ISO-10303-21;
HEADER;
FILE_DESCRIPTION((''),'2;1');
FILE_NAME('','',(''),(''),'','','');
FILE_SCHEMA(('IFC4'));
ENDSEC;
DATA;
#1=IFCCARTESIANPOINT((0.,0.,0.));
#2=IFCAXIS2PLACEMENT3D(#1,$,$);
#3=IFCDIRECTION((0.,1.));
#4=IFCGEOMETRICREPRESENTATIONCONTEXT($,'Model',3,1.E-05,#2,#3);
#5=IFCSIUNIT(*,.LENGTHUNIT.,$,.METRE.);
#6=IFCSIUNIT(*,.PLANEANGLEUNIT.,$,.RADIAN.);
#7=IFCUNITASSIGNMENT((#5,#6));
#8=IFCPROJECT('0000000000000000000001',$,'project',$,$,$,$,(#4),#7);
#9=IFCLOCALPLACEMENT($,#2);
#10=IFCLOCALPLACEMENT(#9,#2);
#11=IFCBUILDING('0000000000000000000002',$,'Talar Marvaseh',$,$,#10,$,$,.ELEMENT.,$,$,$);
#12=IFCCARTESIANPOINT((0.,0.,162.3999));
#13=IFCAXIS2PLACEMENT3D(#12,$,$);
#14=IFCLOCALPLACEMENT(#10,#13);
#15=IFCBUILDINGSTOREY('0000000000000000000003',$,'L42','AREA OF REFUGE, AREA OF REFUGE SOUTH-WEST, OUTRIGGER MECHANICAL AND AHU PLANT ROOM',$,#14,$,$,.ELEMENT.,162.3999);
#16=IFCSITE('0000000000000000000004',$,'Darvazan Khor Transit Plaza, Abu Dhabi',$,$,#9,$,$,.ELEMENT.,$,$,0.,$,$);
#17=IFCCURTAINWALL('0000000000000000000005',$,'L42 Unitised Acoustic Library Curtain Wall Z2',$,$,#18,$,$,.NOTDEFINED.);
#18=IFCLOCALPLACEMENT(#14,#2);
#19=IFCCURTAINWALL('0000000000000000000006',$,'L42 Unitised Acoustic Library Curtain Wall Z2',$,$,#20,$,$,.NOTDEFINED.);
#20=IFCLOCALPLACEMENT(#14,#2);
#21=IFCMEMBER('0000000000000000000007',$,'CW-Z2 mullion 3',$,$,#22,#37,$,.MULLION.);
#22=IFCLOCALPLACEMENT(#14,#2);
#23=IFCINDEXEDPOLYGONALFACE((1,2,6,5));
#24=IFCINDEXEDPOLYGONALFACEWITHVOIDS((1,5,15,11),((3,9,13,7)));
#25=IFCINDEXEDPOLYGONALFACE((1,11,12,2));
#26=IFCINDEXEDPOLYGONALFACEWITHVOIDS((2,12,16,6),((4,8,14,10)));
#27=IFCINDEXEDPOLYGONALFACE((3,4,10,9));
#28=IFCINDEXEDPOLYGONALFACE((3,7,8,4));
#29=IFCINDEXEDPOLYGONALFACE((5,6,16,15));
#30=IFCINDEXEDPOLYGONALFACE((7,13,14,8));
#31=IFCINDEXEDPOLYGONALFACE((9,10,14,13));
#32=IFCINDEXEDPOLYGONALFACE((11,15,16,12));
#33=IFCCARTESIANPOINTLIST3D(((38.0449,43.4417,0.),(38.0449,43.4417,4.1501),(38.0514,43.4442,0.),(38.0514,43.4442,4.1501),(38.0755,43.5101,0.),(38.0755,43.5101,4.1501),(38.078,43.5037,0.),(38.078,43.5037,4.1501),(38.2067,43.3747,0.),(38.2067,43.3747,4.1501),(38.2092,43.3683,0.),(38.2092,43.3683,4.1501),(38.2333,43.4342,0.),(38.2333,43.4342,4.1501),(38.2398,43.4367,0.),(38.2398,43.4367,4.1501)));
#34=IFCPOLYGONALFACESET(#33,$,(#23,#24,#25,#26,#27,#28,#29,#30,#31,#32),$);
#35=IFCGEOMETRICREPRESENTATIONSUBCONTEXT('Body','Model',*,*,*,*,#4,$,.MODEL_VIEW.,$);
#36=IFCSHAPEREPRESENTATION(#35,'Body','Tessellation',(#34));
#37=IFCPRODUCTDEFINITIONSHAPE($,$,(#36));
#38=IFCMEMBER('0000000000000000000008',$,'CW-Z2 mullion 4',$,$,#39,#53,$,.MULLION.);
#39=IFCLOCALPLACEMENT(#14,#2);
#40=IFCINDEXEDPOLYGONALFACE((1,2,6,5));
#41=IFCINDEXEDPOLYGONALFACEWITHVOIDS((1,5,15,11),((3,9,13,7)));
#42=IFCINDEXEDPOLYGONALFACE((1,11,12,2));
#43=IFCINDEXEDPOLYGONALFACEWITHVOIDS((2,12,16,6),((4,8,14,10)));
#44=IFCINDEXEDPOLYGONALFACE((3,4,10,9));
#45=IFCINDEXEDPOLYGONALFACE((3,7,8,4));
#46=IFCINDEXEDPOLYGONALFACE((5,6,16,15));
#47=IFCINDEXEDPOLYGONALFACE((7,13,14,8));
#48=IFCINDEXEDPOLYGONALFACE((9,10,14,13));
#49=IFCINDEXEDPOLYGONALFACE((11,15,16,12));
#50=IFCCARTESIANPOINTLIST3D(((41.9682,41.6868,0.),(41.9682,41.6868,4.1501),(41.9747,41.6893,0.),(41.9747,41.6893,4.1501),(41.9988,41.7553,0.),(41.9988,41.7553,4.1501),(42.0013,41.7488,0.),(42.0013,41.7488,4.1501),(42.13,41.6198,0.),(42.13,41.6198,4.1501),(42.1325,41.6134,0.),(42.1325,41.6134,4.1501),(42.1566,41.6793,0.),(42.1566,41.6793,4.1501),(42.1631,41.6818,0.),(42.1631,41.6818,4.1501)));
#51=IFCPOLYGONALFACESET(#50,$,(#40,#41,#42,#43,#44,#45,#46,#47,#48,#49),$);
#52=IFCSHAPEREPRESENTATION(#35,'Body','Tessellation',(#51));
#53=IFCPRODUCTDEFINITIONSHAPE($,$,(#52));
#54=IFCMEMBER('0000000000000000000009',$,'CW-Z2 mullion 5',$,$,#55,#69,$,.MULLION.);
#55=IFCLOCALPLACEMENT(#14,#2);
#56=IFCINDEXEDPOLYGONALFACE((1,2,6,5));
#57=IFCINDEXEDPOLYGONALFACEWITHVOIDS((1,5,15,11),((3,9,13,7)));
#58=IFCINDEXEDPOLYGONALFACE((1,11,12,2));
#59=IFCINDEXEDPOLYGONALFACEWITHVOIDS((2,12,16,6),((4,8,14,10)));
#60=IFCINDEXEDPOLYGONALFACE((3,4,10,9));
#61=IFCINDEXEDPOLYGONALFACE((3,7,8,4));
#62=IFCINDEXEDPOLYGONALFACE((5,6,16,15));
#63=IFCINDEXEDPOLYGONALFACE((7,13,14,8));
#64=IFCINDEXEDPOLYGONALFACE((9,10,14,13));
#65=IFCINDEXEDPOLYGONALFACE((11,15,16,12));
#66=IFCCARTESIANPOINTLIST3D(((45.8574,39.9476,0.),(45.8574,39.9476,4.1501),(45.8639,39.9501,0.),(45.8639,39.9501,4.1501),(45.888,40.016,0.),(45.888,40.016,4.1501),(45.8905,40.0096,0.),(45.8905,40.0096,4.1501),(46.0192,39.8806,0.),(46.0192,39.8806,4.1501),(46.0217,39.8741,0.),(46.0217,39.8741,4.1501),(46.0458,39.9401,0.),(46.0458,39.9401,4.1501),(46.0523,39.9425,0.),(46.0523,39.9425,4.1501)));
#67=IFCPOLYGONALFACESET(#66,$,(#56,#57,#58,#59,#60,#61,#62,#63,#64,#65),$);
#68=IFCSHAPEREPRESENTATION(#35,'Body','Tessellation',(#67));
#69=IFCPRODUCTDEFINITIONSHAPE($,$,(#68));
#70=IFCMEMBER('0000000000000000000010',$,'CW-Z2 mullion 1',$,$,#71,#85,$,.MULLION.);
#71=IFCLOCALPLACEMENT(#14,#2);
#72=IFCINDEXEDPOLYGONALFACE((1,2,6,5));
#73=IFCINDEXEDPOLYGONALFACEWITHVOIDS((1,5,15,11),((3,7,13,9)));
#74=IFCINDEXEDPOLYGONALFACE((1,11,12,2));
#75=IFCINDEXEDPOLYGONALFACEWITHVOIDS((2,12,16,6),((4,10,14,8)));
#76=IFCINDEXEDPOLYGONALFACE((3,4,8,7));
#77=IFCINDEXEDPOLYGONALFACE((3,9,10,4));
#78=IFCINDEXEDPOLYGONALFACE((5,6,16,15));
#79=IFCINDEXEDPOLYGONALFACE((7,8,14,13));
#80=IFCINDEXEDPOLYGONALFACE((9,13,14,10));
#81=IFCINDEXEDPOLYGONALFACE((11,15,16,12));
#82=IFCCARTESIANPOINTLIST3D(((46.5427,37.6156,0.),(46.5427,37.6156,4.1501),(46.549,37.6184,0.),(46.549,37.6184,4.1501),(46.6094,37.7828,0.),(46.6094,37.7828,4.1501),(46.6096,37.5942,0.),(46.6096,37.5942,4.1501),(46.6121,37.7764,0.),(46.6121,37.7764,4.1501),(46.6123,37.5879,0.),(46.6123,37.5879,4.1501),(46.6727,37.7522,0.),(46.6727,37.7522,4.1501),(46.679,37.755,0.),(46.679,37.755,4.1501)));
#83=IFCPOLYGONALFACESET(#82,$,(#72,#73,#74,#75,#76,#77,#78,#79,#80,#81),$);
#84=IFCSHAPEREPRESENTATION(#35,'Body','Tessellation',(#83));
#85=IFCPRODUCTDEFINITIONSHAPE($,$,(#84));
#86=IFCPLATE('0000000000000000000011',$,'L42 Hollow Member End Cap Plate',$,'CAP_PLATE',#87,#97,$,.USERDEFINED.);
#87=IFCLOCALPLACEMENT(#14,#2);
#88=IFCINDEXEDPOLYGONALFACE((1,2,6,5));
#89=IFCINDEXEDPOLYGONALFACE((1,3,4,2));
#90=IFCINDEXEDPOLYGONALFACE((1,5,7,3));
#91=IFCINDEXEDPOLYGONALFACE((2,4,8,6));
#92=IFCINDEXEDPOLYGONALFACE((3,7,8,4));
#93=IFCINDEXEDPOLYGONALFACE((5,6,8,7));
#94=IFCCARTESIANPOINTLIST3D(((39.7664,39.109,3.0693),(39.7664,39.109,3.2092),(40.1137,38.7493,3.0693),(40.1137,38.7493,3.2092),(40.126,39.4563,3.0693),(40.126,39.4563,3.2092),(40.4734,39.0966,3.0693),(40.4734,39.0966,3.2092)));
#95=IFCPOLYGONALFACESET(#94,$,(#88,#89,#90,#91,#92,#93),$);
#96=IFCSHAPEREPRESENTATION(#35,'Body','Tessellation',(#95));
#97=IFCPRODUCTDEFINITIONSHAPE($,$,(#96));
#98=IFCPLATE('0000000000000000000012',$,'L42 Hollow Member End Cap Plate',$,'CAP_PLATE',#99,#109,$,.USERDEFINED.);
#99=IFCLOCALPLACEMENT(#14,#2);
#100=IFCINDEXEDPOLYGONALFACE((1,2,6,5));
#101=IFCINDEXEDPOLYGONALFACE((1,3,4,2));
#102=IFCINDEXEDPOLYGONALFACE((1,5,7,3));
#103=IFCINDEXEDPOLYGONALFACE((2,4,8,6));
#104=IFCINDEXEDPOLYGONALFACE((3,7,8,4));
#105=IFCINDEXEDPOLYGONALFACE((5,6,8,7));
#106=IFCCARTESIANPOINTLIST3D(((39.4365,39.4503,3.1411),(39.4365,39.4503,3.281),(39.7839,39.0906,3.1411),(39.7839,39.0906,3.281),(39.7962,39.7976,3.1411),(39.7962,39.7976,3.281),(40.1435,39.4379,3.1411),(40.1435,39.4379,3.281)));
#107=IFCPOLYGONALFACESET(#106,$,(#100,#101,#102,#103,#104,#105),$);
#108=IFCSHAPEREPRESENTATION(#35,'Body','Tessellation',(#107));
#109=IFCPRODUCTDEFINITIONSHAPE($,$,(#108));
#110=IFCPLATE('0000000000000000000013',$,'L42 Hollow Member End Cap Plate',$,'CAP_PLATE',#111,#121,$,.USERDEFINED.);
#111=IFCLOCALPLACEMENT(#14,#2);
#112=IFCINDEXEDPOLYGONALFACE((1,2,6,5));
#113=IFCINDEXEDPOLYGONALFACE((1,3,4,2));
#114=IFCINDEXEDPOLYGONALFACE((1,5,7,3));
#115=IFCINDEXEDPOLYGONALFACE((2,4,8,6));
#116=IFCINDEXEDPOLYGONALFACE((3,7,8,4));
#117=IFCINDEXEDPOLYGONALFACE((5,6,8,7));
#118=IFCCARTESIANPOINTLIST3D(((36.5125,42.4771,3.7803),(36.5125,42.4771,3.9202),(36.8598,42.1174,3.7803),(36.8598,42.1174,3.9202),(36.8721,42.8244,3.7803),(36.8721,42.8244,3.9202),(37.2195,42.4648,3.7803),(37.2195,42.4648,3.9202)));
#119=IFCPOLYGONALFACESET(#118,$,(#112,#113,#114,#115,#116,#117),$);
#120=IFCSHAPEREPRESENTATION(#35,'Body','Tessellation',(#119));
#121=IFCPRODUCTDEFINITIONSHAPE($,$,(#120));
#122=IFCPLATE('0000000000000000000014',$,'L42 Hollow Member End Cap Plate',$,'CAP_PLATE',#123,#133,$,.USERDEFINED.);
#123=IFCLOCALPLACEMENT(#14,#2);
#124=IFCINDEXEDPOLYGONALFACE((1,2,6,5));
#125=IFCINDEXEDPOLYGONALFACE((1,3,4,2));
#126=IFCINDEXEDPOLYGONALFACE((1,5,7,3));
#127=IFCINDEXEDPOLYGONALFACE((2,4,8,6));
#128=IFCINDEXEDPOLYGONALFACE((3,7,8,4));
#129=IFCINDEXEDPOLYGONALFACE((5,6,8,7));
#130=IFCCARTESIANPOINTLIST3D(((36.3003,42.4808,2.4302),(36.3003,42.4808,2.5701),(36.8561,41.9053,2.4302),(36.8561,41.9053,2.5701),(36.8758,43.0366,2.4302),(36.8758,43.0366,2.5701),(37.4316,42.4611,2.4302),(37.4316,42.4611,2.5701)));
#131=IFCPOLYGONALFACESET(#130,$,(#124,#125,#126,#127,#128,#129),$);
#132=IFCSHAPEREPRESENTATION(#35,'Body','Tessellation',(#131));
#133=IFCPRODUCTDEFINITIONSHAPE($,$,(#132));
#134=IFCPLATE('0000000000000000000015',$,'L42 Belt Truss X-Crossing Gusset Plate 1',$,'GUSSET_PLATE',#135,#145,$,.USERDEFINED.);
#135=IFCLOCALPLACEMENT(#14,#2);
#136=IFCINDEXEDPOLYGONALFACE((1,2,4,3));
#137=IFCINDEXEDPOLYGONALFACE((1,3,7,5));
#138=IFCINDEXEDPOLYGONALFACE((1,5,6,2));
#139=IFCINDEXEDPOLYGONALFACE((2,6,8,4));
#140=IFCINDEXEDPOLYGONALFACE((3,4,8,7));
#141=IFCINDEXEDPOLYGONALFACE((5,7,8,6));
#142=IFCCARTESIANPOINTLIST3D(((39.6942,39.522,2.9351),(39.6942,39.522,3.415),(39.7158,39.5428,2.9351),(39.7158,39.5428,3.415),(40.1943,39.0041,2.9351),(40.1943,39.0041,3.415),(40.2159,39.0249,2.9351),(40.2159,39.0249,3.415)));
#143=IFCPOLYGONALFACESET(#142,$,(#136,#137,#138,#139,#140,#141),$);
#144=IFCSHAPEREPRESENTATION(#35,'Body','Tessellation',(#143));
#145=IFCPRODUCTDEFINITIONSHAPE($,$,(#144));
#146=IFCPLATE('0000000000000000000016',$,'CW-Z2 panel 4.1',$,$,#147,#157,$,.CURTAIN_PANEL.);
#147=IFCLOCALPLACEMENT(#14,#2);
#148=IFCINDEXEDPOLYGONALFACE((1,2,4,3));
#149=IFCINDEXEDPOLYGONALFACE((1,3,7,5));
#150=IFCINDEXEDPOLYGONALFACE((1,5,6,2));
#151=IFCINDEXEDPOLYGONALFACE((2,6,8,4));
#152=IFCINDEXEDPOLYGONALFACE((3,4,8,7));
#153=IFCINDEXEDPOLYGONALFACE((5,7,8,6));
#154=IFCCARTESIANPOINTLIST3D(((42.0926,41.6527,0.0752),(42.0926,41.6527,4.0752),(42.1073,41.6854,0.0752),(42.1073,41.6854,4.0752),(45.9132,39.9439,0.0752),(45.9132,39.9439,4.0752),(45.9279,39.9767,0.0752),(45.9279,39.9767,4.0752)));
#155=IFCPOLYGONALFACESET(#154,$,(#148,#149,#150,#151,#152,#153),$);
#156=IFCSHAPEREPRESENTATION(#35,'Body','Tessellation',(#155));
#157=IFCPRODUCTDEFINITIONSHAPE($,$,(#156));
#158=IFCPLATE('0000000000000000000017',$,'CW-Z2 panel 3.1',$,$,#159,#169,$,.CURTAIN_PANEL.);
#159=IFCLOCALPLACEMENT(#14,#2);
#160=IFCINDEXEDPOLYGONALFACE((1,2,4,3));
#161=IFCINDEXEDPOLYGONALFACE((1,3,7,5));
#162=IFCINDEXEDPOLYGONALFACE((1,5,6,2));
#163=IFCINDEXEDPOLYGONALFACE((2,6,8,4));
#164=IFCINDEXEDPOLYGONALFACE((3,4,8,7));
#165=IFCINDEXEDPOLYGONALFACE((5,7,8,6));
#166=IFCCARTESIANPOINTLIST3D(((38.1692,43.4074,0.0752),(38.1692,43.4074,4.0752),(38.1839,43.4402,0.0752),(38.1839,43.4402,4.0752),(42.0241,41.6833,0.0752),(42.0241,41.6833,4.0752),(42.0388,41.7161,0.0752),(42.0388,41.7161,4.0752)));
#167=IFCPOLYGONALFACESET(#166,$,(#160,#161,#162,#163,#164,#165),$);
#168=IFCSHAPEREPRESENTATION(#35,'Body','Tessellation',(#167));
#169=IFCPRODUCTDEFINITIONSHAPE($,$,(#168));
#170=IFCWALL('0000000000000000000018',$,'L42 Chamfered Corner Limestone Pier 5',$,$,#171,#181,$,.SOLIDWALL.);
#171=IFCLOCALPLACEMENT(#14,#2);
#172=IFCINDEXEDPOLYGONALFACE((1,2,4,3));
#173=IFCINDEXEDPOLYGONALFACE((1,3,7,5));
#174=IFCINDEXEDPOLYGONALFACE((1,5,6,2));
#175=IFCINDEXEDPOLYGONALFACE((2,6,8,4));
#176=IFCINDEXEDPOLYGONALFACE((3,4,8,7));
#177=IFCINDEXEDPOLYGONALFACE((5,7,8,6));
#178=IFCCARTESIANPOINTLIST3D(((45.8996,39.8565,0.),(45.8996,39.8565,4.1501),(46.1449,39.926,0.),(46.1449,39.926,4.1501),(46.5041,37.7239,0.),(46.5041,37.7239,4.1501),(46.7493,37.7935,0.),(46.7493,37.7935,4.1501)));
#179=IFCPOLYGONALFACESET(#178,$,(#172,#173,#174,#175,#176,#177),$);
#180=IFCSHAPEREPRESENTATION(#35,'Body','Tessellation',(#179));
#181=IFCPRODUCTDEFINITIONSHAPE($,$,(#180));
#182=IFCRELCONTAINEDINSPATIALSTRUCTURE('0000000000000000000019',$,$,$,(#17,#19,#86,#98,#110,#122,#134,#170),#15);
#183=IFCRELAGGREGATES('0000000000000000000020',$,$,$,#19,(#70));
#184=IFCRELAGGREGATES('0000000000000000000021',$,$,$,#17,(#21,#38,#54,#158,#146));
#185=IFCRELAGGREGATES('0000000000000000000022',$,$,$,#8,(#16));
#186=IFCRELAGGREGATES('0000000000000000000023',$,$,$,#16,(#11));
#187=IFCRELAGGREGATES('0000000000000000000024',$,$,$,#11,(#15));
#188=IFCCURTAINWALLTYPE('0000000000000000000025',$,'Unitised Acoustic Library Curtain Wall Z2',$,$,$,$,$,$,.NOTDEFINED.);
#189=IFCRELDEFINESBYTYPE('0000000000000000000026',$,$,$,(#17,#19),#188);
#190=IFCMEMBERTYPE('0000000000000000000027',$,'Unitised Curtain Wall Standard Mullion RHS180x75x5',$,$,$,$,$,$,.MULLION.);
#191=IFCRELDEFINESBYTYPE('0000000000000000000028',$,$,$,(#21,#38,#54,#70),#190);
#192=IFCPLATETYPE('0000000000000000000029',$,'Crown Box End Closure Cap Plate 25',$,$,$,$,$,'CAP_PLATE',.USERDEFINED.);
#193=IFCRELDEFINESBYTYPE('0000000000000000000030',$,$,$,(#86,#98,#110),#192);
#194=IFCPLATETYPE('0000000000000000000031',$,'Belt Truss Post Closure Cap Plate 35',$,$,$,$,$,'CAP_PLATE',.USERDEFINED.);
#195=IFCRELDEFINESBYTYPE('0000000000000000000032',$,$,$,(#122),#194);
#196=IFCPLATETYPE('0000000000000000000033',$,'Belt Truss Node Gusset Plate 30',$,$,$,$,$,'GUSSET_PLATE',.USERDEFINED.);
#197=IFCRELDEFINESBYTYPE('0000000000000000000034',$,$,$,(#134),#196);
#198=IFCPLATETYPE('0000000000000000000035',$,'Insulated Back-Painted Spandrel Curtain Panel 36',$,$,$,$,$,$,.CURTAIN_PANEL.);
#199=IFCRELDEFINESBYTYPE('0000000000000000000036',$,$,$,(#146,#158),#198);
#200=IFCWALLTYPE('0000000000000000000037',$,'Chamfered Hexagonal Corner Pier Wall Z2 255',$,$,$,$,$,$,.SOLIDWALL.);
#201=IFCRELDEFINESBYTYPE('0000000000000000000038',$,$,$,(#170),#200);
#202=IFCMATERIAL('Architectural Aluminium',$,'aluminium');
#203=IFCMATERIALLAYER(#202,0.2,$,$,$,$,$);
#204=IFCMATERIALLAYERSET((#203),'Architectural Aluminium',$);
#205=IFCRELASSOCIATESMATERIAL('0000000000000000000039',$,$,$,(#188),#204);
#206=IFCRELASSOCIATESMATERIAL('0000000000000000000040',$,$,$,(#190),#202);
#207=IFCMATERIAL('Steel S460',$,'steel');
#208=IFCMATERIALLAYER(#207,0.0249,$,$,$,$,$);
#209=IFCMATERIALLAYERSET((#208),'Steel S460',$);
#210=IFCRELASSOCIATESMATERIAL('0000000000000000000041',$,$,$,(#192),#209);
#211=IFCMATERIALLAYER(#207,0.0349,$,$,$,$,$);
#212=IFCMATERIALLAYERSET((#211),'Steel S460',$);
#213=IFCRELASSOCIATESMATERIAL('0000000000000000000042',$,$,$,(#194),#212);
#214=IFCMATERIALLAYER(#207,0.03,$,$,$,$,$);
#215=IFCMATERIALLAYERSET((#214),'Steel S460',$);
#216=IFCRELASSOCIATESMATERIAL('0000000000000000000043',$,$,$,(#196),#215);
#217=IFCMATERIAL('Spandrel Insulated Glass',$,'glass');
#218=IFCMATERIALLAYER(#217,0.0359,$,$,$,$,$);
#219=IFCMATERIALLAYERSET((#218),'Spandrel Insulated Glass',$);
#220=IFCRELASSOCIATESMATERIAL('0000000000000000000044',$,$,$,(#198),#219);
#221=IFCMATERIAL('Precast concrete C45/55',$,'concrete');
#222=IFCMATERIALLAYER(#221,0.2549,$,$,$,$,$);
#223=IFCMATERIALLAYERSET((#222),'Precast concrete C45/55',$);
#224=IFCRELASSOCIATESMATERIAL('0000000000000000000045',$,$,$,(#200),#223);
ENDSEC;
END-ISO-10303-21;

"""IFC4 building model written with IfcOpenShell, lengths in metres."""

from ifc_helpers import new_model, si_unit, direction, frame, frame_2d, origin, origin_2d, place, context, subcontext, project, spatial, rectangle, hollow_rectangle, extrude, source, transform, mapped, material, layer, layer_set, material_profile, profile_set, type_object, type_shapes, element, aggregate, save


model = new_model("IFC4")

# Units and contexts
model_context = context("Model", 3, precision=1e-05, world=origin(), true_north=direction((0.0, 1.0)))
body_context = subcontext(model_context, "Body", "Model", "MODEL_VIEW")
ifc_project = project(units=[si_unit("LENGTHUNIT", "METRE"), si_unit("PLANEANGLEUNIT", "RADIAN")], contexts=[model_context])

# Site, building, storey
site_placement = place(None, origin())
site = spatial("IfcSite", under=ifc_project, at=site_placement, Name="Darvazan Khor Transit Plaza, Abu Dhabi", CompositionType="ELEMENT", RefElevation=0.0)
building_placement = place(site_placement, origin())
building = spatial("IfcBuilding", under=site, at=building_placement, Name="Talar Marvaseh", CompositionType="ELEMENT")
storey_placement = place(building_placement, frame((0.0, 0.0, 162.3999)))
storey = spatial("IfcBuildingStorey", under=building, at=storey_placement, Name="L42", Description="AREA OF REFUGE, AREA OF REFUGE SOUTH-WEST, OUTRIGGER MECHANICAL AND AHU PLANT ROOM", CompositionType="ELEMENT", Elevation=162.3999)

# Shared definitions
ifc_material_1 = material(Name="Steel S460", Category="steel")

# Curtain walls
ifc_material_2 = material(Name="Architectural Aluminium", Category="aluminium")
ifc_layer_1 = layer(ifc_material_2, 0.2)
ifc_layer_set_1 = layer_set([ifc_layer_1], Name="Architectural Aluminium")
curtain_wall_type = type_object("IfcCurtainWallType", Name="Unitised Acoustic Library Curtain Wall Z2", PredefinedType="NOTDEFINED", material=ifc_layer_set_1)
curtain_wall_1_placement = place(storey_placement, origin())
curtain_wall_1 = element("IfcCurtainWall", 1, at=curtain_wall_1_placement, inside=storey, type_object=curtain_wall_type, Name="L42 Unitised Acoustic Library Curtain Wall Z2", PredefinedType="NOTDEFINED")
curtain_wall_2_placement = place(storey_placement, origin())
curtain_wall_2 = element("IfcCurtainWall", 2, at=curtain_wall_2_placement, inside=storey, type_object=curtain_wall_type, Name="L42 Unitised Acoustic Library Curtain Wall Z2", PredefinedType="NOTDEFINED")

# Members
ifc_material_profile_1 = material_profile(ifc_material_2, hollow_rectangle(XDim=0.075, YDim=0.1799, WallThickness=0.0049, at=origin_2d()), Name="RHS180x75x5")
ifc_profile_set_1 = profile_set([ifc_material_profile_1], Name="Architectural Aluminium")
member_type_1 = type_object("IfcMemberType", Name="Unitised Curtain Wall Standard Mullion RHS180x75x5", PredefinedType="MULLION", material=ifc_profile_set_1)
shared_shape_1 = source(origin(), body_context, "Body", "SweptSolid", [
    extrude(hollow_rectangle(XDim=0.075, YDim=0.1799, WallThickness=0.0049, at=origin_2d()), origin(), (0.0, 0.0, 1.0), 4.1501),
])
type_shapes(member_type_1, [shared_shape_1])
member_1_placement = place(storey_placement, frame((38.1423, 43.4392, 0.0), z_axis=(0.0, 0.0, 1.0), x_axis=(0.40827, 0.912861, 0.0)))
member_1 = element("IfcMember", 3, at=member_1_placement, type_object=member_type_1, Name="CW-Z2 mullion 3", PredefinedType="MULLION", context=body_context, shape_type="MappedRepresentation", body=[
    mapped(shared_shape_1, transform((0.0, 0.0, 0.0), x_axis=(1.0, 0.0, 0.0), y_axis=(0.0, 1.0, 0.0), z_axis=(0.0, 0.0, 1.0), scale=1.0)),
])
member_2_placement = place(storey_placement, frame((42.0657, 41.6843, 0.0), z_axis=(0.0, 0.0, 1.0), x_axis=(0.40827, 0.912861, 0.0)))
member_2 = element("IfcMember", 4, at=member_2_placement, type_object=member_type_1, Name="CW-Z2 mullion 4", PredefinedType="MULLION", context=body_context, shape_type="MappedRepresentation", body=[
    mapped(shared_shape_1, transform((0.0, 0.0, 0.0), x_axis=(1.0, 0.0, 0.0), y_axis=(0.0, 1.0, 0.0), z_axis=(0.0, 0.0, 1.0), scale=1.0)),
])
member_3_placement = place(storey_placement, frame((45.9548, 39.9451, 0.0), z_axis=(0.0, 0.0, 1.0), x_axis=(0.40827, 0.912861, 0.0)))
member_3 = element("IfcMember", 5, at=member_3_placement, type_object=member_type_1, Name="CW-Z2 mullion 5", PredefinedType="MULLION", context=body_context, shape_type="MappedRepresentation", body=[
    mapped(shared_shape_1, transform((0.0, 0.0, 0.0), x_axis=(1.0, 0.0, 0.0), y_axis=(0.0, 1.0, 0.0), z_axis=(0.0, 0.0, 1.0), scale=1.0)),
])
member_4_placement = place(storey_placement, frame((46.6108, 37.6853, 0.0), z_axis=(0.0, 0.0, 1.0), x_axis=(0.928752, -0.370702, 0.0)))
member_4 = element("IfcMember", 6, at=member_4_placement, type_object=member_type_1, Name="CW-Z2 mullion 1", PredefinedType="MULLION", context=body_context, shape_type="MappedRepresentation", body=[
    mapped(shared_shape_1, transform((0.0, 0.0, 0.0), x_axis=(1.0, 0.0, 0.0), y_axis=(0.0, 1.0, 0.0), z_axis=(0.0, 0.0, 1.0), scale=1.0)),
])
aggregate(curtain_wall_2, [member_4])

# Plates
ifc_layer_2 = layer(ifc_material_1, 0.0249)
ifc_layer_set_2 = layer_set([ifc_layer_2], Name="Steel S460")
plate_type_1 = type_object("IfcPlateType", Name="Crown Box End Closure Cap Plate 25", ElementType="CAP_PLATE", PredefinedType="USERDEFINED", material=ifc_layer_set_2)
shared_shape_2 = source(origin(), body_context, "Body", "SweptSolid", [
    extrude(rectangle(XDim=0.5, YDim=0.5, at=origin_2d()), origin(), (0.0, 0.0, 1.0), 0.1399),
])
type_shapes(plate_type_1, [shared_shape_2])
for number, where, z_axis, x_axis, name in (
    (7, (40.1199, 39.1028, 3.0693), (0.0, 0.0, 1.0), (-0.694658, 0.71934, 0.0), "L42 Hollow Member End Cap Plate"),
    (8, (39.79, 39.4441, 3.1411), (0.0, 0.0, 1.0), (-0.694658, 0.71934, 0.0), "L42 Hollow Member End Cap Plate"),
    (9, (36.866, 42.4709, 3.7803), (0.0, 0.0, 1.0), (-0.694658, 0.71934, 0.0), "L42 Hollow Member End Cap Plate"),
):
    element("IfcPlate", number, at=place(storey_placement, frame(where, z_axis=z_axis, x_axis=x_axis)), inside=storey, type_object=plate_type_1, Name=name, ObjectType="CAP_PLATE", PredefinedType="USERDEFINED", context=body_context, shape_type="MappedRepresentation", body=[
        mapped(shared_shape_2, transform((0.0, 0.0, 0.0), x_axis=(1.0, 0.0, 0.0), y_axis=(0.0, 1.0, 0.0), z_axis=(0.0, 0.0, 1.0), scale=1.0)),
    ])
ifc_layer_3 = layer(ifc_material_1, 0.0349)
ifc_layer_set_3 = layer_set([ifc_layer_3], Name="Steel S460")
plate_type_2 = type_object("IfcPlateType", Name="Belt Truss Post Closure Cap Plate 35", ElementType="CAP_PLATE", PredefinedType="USERDEFINED", material=ifc_layer_set_3)
shared_shape_3 = source(origin(), body_context, "Body", "SweptSolid", [
    extrude(rectangle(XDim=0.8, YDim=0.8, at=origin_2d()), origin(), (0.0, 0.0, 1.0), 0.1399),
])
type_shapes(plate_type_2, [shared_shape_3])
plate_1_placement = place(storey_placement, frame((36.866, 42.4709, 2.4302), z_axis=(0.0, 0.0, 1.0), x_axis=(0.694658, -0.71934, 0.0)))
element("IfcPlate", 10, at=plate_1_placement, inside=storey, type_object=plate_type_2, Name="L42 Hollow Member End Cap Plate", ObjectType="CAP_PLATE", PredefinedType="USERDEFINED", context=body_context, shape_type="MappedRepresentation", body=[
    mapped(shared_shape_3, transform((0.0, 0.0, 0.0), x_axis=(1.0, 0.0, 0.0), y_axis=(0.0, 1.0, 0.0), z_axis=(0.0, 0.0, 1.0), scale=1.0)),
])
ifc_layer_4 = layer(ifc_material_1, 0.03)
ifc_layer_set_4 = layer_set([ifc_layer_4], Name="Steel S460")
plate_type_3 = type_object("IfcPlateType", Name="Belt Truss Node Gusset Plate 30", ElementType="GUSSET_PLATE", PredefinedType="USERDEFINED", material=ifc_layer_set_4)
shared_shape_4 = source(origin(), body_context, "Body", "SweptSolid", [
    extrude(rectangle(XDim=0.72, YDim=0.03, at=origin_2d()), origin(), (0.0, 0.0, 1.0), 0.48),
])
type_shapes(plate_type_3, [shared_shape_4])
plate_2_placement = place(storey_placement, frame((39.9551, 39.2734, 2.9351), z_axis=(0.0, 0.0, 1.0), x_axis=(0.694658, -0.71934, 0.0)))
element("IfcPlate", 11, at=plate_2_placement, inside=storey, type_object=plate_type_3, Name="L42 Belt Truss X-Crossing Gusset Plate 1", ObjectType="GUSSET_PLATE", PredefinedType="USERDEFINED", context=body_context, shape_type="MappedRepresentation", body=[
    mapped(shared_shape_4, transform((0.0, 0.0, 0.0), x_axis=(1.0, 0.0, 0.0), y_axis=(0.0, 1.0, 0.0), z_axis=(0.0, 0.0, 1.0), scale=1.0)),
])

# Plates
ifc_material_3 = material(Name="Spandrel Insulated Glass", Category="glass")
ifc_layer_5 = layer(ifc_material_3, 0.0359)
ifc_layer_set_5 = layer_set([ifc_layer_5], Name="Spandrel Insulated Glass")
plate_type_4 = type_object("IfcPlateType", Name="Insulated Back-Painted Spandrel Curtain Panel 36", PredefinedType="CURTAIN_PANEL", material=ifc_layer_set_5)
shared_shape_5 = source(origin(), body_context, "Body", "SweptSolid", [
    extrude(rectangle(XDim=4.1853, YDim=0.0359, at=origin_2d()), origin(), (0.0, 0.0, 1.0), 4.0),
])
plate_3_placement = place(storey_placement, frame((44.0103, 40.8147, 0.0752), z_axis=(0.0, 0.0, 1.0), x_axis=(0.912861, -0.40827, 0.0)))
plate_3 = element("IfcPlate", 12, at=plate_3_placement, type_object=plate_type_4, Name="CW-Z2 panel 4.1", PredefinedType="CURTAIN_PANEL", context=body_context, shape_type="MappedRepresentation", body=[
    mapped(shared_shape_5, transform((0.0, 0.0, 0.0), x_axis=(1.0, 0.0, 0.0), y_axis=(0.0, 1.0, 0.0), z_axis=(0.0, 0.0, 1.0), scale=1.0)),
])
shared_shape_6 = source(origin(), body_context, "Body", "SweptSolid", [
    extrude(rectangle(XDim=4.2229, YDim=0.0359, at=origin_2d()), origin(), (0.0, 0.0, 1.0), 4.0),
])
type_shapes(plate_type_4, [shared_shape_5, shared_shape_6])
plate_4_placement = place(storey_placement, frame((40.104, 42.5618, 0.0752), z_axis=(0.0, 0.0, 1.0), x_axis=(0.912861, -0.40827, 0.0)))
plate_4 = element("IfcPlate", 13, at=plate_4_placement, type_object=plate_type_4, Name="CW-Z2 panel 3.1", PredefinedType="CURTAIN_PANEL", context=body_context, shape_type="MappedRepresentation", body=[
    mapped(shared_shape_6, transform((0.0, 0.0, 0.0), x_axis=(1.0, 0.0, 0.0), y_axis=(0.0, 1.0, 0.0), z_axis=(0.0, 0.0, 1.0), scale=1.0)),
])
aggregate(curtain_wall_1, [member_1, member_2, member_3, plate_4, plate_3])

# Wall
ifc_material_4 = material(Name="Precast concrete C45/55", Category="concrete")
ifc_layer_6 = layer(ifc_material_4, 0.2549)
ifc_layer_set_6 = layer_set([ifc_layer_6], Name="Precast concrete C45/55")
wall_type = type_object("IfcWallType", Name="Chamfered Hexagonal Corner Pier Wall Z2 255", PredefinedType="SOLIDWALL", material=ifc_layer_set_6)
wall_placement = place(storey_placement, frame((46.0222, 39.8914, 0.0), z_axis=(0.0, 0.0, 1.0), x_axis=(0.272713, -0.962095, 0.0)))
element("IfcWall", 14, at=wall_placement, inside=storey, type_object=wall_type, Name="L42 Chamfered Corner Limestone Pier 5", PredefinedType="SOLIDWALL", context=body_context, shape_type="SweptSolid", body=[
    extrude(rectangle(XDim=2.2166, YDim=0.2549, at=frame_2d((1.1084, 0.0))), origin(), (0.0, 0.0, 1.0), 4.1501),
])

save(model, "model.ifc")
